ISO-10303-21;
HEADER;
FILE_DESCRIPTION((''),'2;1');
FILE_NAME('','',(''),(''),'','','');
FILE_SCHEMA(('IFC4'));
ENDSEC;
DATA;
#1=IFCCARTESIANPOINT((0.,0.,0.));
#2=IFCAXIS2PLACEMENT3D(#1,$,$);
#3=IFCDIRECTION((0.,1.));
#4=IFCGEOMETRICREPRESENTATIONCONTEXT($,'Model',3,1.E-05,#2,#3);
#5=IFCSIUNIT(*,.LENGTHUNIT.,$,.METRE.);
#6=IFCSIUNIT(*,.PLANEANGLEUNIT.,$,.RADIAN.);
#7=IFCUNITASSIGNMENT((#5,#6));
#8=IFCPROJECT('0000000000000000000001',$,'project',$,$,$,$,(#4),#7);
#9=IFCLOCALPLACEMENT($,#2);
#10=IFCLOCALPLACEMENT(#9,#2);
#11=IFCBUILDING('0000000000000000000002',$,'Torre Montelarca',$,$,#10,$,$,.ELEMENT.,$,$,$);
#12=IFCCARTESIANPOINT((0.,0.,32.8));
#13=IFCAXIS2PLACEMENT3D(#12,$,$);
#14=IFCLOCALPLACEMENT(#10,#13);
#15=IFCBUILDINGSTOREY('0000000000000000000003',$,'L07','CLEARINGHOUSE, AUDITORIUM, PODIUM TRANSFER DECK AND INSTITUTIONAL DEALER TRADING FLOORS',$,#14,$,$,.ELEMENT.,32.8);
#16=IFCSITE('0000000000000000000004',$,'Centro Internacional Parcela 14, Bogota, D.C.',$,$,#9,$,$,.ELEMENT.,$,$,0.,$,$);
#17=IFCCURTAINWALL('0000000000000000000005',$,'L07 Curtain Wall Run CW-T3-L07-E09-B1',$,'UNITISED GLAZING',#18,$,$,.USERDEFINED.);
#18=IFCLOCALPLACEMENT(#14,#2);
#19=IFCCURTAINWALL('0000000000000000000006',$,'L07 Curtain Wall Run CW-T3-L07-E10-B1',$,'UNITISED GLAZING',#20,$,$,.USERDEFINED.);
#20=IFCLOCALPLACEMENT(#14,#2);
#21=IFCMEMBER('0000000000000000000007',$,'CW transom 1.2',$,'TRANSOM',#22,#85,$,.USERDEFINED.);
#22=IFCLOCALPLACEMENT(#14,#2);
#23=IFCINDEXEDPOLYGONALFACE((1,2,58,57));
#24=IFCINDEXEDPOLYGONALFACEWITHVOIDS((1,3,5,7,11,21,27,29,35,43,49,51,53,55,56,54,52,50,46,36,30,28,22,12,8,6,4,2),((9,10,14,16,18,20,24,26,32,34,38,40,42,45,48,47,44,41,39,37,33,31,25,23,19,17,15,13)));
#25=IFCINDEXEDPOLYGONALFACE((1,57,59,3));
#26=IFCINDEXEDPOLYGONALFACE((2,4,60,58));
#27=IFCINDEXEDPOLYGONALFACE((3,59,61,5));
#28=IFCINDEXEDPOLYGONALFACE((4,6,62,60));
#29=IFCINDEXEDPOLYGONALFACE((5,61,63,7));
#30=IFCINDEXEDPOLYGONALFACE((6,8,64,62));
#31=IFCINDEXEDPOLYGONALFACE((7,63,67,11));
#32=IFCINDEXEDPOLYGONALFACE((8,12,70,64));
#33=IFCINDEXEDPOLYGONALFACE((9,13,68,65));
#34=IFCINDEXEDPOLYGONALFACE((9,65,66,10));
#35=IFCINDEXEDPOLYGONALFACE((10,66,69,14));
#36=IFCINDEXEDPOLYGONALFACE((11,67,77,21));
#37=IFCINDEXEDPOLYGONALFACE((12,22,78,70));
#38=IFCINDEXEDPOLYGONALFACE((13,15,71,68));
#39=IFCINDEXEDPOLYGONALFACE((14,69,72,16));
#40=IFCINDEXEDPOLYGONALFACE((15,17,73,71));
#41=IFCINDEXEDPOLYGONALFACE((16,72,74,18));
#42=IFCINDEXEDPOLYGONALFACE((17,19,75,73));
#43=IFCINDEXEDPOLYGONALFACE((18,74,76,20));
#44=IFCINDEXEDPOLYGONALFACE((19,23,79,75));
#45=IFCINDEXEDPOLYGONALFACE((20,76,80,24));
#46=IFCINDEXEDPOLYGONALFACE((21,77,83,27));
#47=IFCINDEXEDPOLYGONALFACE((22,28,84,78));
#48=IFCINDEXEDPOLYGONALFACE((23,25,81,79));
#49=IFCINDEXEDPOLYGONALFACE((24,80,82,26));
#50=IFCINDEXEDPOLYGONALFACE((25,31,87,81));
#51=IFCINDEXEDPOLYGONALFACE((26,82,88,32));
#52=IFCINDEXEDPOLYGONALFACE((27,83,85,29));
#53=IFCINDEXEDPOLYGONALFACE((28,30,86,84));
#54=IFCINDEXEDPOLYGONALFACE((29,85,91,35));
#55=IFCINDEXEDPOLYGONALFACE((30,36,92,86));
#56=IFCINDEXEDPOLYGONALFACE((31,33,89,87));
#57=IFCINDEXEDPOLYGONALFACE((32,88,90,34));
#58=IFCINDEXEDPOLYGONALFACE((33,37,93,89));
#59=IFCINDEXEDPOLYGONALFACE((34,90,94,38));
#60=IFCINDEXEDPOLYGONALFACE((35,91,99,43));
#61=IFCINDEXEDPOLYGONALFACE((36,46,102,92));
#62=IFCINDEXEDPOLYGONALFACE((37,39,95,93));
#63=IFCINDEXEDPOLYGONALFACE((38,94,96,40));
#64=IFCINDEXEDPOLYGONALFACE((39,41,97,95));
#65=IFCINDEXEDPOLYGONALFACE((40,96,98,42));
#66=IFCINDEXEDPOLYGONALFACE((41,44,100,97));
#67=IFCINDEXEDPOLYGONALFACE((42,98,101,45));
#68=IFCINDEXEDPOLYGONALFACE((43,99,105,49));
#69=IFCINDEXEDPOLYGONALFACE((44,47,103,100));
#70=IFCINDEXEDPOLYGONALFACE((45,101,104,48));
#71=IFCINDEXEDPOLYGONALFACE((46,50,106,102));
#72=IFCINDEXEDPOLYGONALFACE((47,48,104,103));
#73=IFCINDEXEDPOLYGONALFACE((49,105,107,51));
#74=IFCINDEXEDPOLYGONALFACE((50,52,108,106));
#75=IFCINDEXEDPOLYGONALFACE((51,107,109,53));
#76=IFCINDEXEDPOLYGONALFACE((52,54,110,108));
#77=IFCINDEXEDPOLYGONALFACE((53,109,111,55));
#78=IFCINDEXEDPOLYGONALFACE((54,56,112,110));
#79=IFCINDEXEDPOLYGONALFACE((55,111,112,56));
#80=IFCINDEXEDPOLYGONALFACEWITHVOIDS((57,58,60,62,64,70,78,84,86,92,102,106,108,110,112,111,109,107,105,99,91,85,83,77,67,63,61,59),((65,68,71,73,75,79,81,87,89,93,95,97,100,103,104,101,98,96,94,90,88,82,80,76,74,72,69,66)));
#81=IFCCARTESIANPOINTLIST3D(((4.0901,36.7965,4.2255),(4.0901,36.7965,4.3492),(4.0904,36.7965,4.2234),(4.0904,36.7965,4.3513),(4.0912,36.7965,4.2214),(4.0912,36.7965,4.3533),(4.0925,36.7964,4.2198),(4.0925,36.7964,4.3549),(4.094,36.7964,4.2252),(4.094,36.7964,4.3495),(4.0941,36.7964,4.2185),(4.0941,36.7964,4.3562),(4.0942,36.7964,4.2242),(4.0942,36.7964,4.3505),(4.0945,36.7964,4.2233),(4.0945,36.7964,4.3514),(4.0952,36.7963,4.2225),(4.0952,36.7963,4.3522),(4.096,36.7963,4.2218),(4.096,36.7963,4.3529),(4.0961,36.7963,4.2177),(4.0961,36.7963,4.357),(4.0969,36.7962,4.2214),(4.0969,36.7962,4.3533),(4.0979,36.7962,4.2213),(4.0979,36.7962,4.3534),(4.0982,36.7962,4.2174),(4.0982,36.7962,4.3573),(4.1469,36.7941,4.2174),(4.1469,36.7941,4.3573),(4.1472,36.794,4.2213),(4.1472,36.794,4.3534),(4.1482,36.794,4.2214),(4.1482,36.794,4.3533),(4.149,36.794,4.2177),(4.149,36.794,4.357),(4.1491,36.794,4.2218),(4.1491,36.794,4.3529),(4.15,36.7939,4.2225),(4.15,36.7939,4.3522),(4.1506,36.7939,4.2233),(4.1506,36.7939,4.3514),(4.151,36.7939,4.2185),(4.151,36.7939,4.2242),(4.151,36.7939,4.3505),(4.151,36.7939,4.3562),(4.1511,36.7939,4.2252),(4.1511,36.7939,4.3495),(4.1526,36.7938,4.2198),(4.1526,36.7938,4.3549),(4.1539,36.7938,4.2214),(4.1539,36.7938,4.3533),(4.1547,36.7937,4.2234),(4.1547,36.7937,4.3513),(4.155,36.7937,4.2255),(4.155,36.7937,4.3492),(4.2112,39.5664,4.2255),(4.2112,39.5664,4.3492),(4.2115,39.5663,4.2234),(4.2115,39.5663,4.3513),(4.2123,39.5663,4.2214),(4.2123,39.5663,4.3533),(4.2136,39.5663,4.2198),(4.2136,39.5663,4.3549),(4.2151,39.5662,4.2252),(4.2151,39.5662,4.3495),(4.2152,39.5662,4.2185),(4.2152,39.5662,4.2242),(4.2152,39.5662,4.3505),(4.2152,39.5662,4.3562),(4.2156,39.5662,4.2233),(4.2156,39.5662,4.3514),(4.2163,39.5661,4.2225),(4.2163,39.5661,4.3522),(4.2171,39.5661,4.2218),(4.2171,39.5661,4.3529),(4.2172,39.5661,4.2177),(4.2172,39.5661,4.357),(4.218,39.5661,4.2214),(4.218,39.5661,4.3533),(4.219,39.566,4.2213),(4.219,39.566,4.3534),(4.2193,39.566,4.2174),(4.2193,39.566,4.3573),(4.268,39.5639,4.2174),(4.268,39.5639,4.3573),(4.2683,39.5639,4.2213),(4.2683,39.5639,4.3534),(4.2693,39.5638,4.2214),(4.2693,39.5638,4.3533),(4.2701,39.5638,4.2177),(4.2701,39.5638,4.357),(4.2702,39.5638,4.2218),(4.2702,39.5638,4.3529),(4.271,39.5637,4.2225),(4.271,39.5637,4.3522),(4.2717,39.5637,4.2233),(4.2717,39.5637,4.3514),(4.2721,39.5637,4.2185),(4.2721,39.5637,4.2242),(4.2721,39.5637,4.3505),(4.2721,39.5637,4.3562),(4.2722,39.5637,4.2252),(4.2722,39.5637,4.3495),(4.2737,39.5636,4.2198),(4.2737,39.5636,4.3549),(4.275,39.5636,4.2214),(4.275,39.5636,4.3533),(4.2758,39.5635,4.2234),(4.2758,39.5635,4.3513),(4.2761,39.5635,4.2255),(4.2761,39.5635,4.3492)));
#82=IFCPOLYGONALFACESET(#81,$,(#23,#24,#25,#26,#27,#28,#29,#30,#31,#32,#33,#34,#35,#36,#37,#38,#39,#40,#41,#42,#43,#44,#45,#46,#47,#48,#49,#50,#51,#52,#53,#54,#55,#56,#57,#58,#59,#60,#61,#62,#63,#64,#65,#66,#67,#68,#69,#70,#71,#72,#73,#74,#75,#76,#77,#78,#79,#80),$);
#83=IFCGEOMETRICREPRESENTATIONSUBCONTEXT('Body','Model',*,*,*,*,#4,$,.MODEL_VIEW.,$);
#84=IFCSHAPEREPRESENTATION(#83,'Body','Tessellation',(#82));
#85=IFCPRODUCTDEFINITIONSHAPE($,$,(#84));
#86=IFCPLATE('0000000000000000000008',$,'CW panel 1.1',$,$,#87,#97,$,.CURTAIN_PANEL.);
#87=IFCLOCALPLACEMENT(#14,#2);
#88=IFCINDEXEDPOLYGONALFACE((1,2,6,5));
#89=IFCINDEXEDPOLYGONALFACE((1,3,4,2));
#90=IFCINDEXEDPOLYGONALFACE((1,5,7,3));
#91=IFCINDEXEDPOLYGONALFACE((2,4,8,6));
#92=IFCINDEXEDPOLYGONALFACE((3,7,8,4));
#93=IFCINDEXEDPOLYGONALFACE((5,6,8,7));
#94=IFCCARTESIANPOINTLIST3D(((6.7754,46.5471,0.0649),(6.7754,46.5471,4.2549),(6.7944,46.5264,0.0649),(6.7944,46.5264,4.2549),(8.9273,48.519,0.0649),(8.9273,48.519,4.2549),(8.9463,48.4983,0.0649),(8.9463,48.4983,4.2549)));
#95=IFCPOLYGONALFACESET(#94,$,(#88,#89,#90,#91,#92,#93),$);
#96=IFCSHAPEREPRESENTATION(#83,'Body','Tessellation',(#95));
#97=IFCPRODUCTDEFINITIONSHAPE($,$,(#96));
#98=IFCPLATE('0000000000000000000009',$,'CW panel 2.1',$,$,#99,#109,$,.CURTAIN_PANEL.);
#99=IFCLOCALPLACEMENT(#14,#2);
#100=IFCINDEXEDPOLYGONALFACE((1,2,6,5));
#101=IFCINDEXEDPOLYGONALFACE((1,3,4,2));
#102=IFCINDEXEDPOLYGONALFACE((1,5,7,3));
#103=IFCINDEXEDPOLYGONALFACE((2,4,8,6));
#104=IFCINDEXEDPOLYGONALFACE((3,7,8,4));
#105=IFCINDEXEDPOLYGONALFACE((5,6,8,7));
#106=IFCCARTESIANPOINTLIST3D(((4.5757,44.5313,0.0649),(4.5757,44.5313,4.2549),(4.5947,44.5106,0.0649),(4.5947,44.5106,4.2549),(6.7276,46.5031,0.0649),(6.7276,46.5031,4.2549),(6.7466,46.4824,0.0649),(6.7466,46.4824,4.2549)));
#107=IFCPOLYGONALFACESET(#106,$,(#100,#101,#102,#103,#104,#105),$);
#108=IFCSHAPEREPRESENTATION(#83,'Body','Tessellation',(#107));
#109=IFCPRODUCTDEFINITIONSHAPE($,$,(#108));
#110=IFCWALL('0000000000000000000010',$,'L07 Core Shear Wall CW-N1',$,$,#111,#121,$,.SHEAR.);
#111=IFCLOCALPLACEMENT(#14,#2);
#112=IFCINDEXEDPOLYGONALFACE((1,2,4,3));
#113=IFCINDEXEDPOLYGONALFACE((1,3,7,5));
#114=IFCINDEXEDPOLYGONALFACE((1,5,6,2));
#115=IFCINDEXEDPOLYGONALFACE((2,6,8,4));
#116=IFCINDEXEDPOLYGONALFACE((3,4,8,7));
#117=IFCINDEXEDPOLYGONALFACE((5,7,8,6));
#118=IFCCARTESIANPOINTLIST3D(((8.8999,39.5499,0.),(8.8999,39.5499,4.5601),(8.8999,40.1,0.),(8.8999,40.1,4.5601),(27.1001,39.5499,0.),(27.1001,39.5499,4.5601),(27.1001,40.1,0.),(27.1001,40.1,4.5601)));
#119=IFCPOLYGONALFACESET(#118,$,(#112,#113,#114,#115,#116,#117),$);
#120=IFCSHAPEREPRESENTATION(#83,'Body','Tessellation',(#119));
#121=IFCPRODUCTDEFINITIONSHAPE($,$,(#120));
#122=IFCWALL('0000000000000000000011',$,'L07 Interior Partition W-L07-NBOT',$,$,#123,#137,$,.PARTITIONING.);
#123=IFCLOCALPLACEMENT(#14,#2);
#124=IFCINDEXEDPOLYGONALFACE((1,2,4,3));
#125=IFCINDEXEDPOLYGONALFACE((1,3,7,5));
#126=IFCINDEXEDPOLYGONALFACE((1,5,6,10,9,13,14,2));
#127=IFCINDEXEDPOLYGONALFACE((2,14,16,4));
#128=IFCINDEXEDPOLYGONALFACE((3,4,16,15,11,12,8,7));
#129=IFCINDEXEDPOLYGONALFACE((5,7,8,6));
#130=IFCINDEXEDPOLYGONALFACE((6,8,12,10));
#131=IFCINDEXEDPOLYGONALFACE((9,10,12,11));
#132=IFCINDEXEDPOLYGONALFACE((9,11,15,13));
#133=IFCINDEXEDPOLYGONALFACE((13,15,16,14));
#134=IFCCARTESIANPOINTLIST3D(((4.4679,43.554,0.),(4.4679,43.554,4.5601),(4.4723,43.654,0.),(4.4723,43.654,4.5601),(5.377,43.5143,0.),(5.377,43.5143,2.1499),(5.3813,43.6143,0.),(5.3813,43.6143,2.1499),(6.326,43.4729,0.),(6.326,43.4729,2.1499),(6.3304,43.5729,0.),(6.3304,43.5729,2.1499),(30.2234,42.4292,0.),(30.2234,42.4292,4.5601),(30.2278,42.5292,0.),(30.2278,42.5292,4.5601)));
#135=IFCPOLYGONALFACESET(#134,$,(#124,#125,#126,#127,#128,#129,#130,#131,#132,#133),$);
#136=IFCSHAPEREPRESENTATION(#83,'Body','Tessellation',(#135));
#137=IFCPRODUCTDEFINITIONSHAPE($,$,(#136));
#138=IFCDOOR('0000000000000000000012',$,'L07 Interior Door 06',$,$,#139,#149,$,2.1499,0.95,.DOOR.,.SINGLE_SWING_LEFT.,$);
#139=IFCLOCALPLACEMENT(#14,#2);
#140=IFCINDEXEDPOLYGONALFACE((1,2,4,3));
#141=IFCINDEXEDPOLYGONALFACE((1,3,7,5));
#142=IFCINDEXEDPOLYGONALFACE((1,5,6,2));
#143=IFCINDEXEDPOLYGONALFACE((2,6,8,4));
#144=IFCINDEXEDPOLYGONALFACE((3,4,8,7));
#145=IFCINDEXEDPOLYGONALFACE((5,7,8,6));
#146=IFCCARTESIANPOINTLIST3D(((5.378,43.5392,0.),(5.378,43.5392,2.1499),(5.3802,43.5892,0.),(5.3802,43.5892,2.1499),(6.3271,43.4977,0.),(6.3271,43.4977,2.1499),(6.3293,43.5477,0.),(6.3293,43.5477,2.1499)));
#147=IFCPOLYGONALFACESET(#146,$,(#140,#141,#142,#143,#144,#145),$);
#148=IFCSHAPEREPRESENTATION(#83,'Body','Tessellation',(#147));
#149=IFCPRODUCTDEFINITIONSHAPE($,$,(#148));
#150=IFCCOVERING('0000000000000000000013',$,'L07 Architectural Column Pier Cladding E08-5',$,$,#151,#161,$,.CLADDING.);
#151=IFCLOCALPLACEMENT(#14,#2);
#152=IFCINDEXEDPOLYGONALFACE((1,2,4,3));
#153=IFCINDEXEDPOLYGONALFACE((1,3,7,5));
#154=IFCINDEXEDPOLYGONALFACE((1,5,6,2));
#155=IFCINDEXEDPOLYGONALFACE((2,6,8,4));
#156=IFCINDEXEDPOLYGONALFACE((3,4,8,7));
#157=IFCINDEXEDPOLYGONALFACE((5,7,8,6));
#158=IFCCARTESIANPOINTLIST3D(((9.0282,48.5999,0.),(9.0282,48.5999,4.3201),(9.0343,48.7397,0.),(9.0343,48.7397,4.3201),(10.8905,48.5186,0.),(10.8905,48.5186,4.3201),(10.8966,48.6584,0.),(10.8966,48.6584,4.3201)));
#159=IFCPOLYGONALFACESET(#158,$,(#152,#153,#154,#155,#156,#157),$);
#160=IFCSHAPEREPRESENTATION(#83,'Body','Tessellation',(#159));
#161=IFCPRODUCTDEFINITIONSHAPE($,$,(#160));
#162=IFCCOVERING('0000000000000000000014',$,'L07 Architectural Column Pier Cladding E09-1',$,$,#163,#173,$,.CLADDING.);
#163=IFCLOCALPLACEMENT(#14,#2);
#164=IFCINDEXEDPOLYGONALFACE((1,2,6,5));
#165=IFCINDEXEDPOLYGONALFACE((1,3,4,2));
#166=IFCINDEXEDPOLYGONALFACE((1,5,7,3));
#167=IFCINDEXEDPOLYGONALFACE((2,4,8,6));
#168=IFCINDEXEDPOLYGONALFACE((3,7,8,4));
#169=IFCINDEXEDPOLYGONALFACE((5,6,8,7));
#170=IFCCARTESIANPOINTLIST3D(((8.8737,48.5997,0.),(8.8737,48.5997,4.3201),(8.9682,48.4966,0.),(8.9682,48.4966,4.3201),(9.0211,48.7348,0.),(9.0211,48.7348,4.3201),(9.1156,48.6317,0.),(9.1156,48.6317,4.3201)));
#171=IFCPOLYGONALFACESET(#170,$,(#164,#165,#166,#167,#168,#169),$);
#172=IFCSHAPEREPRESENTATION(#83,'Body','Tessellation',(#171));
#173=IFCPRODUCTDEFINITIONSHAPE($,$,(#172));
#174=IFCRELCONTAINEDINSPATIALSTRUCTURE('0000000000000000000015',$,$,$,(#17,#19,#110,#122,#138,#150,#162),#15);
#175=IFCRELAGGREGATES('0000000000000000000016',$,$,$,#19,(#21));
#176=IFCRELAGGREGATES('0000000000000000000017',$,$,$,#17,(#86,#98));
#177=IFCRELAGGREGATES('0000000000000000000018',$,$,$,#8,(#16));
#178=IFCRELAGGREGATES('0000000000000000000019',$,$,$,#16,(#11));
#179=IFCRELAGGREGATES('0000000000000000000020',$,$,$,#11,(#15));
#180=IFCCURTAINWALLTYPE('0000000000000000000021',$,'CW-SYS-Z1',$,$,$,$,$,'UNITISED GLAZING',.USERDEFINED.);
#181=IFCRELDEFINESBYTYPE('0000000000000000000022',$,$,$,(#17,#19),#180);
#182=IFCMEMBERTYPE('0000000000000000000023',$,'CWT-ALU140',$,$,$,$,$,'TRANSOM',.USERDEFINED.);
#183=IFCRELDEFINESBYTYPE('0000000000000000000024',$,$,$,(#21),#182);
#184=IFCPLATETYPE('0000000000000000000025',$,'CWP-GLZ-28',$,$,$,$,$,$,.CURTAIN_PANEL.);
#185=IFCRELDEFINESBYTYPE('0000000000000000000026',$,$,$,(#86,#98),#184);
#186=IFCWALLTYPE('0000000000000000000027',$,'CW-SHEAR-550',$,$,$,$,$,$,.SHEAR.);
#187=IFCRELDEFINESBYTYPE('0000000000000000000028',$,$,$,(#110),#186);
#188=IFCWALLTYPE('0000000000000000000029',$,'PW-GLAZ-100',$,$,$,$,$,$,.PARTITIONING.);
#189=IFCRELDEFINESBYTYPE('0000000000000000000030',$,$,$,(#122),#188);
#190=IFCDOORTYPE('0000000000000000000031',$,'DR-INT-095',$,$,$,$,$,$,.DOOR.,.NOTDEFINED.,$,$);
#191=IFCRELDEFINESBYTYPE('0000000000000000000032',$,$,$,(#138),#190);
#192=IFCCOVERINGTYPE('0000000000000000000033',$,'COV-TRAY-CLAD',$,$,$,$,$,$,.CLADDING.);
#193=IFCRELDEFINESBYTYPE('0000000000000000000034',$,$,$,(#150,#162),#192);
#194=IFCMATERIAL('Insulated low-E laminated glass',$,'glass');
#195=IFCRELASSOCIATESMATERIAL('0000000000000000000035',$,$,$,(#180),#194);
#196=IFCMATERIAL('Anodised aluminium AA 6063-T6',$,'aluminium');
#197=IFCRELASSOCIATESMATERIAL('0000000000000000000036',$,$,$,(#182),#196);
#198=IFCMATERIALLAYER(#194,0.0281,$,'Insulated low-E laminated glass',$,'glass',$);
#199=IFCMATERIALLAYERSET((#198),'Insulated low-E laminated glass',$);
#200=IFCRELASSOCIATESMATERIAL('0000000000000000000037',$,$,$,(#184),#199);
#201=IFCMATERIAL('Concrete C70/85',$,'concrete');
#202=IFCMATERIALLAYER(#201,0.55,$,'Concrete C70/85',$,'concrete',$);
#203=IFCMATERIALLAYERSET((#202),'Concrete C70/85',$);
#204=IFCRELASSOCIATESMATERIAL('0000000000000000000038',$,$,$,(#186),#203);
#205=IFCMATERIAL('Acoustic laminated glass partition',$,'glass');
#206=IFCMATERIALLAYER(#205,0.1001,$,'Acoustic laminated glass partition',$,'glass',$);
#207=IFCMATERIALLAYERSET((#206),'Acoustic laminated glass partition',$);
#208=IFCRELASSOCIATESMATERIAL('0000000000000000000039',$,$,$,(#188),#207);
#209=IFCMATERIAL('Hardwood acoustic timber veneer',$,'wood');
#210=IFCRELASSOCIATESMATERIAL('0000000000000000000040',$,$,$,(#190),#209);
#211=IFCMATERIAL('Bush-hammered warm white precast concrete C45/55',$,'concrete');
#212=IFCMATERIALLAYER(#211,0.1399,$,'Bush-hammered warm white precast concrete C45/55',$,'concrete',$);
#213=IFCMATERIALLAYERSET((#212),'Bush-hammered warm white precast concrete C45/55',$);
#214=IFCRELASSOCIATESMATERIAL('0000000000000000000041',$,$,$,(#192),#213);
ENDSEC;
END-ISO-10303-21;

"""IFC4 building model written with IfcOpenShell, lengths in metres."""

from ifc_helpers import new_model, si_unit, direction, frame, frame_2d, origin, origin_2d, place, context, subcontext, project, spatial, rectangle, hollow_rectangle, extrude, source, transform, mapped, material, layer, layer_set, material_profile, profile_set, type_object, element, fill, aggregate, save


model = new_model("IFC4")

# Units and contexts
model_context = context("Model", 3, precision=1e-05, world=origin(), true_north=direction((0.0, 1.0)))
body_context = subcontext(model_context, "Body", "Model", "MODEL_VIEW")
ifc_project = project(units=[si_unit("LENGTHUNIT", "METRE"), si_unit("PLANEANGLEUNIT", "RADIAN")], contexts=[model_context])

# Site, building, storey
site_placement = place(None, origin())
site = spatial("IfcSite", under=ifc_project, at=site_placement, Name="Centro Internacional Parcela 14, Bogota, D.C.", CompositionType="ELEMENT", RefElevation=0.0)
building_placement = place(site_placement, origin())
building = spatial("IfcBuilding", under=site, at=building_placement, Name="Torre Montelarca", CompositionType="ELEMENT")
storey_placement = place(building_placement, frame((0.0, 0.0, 32.8)))
storey = spatial("IfcBuildingStorey", under=building, at=storey_placement, Name="L07", Description="CLEARINGHOUSE, AUDITORIUM, PODIUM TRANSFER DECK AND INSTITUTIONAL DEALER TRADING FLOORS", CompositionType="ELEMENT", Elevation=32.8)

# Shared definitions
ifc_material_1 = material(Name="Concrete C70/85", Category="concrete")

# Curtain wall
ifc_material_2 = material(Name="Insulated low-E laminated glass", Category="glass")
curtain_wall_type = type_object("IfcCurtainWallType", Name="CW-SYS-Z1", ElementType="UNITISED GLAZING", PredefinedType="USERDEFINED", material=ifc_material_2)
curtain_wall_1_placement = place(storey_placement, origin())
curtain_wall_1 = element("IfcCurtainWall", 1, at=curtain_wall_1_placement, inside=storey, type_object=curtain_wall_type, Name="L07 Curtain Wall Run CW-T3-L07-E09-B1", ObjectType="UNITISED GLAZING", PredefinedType="USERDEFINED")
ifc_material_3 = material(Name="Anodised aluminium AA 6063-T6", Category="aluminium")

# Curtain wall
curtain_wall_2_placement = place(storey_placement, origin())
curtain_wall_2 = element("IfcCurtainWall", 2, at=curtain_wall_2_placement, inside=storey, type_object=curtain_wall_type, Name="L07 Curtain Wall Run CW-T3-L07-E10-B1", ObjectType="UNITISED GLAZING", PredefinedType="USERDEFINED")

# Member
ifc_material_profile_1 = material_profile(ifc_material_3, hollow_rectangle(XDim=0.0649, YDim=0.1399, WallThickness=0.0039, InnerFilletRadius=0.0039, OuterFilletRadius=0.0081, at=origin_2d()), Name="ALU65X140X4", Category="aluminium")
ifc_profile_set_1 = profile_set([ifc_material_profile_1], Name="Anodised aluminium AA 6063-T6")
member_type_1 = type_object("IfcMemberType", Name="CWT-ALU140", ElementType="TRANSOM", PredefinedType="USERDEFINED", material=ifc_profile_set_1)
shared_shape_1 = source(origin(), body_context, "Body", "SweptSolid", [
    extrude(hollow_rectangle(XDim=0.0649, YDim=0.1399, WallThickness=0.0039, InnerFilletRadius=0.0039, OuterFilletRadius=0.0081, at=origin_2d()), origin(), (0.0, 0.0, 1.0), 2.7725),
])
member_1_placement = place(storey_placement, frame((4.2437, 39.5649, 4.2874), z_axis=(-0.043678, -0.999046, 0.0), x_axis=(0.999046, -0.043678, 0.0)))
member_1 = element("IfcMember", 3, at=member_1_placement, type_object=member_type_1, Name="CW transom 1.2", ObjectType="TRANSOM", PredefinedType="USERDEFINED", context=body_context, shape_type="MappedRepresentation", body=[
    mapped(shared_shape_1, transform((0.0, 0.0, 0.0), scale=1.0)),
])
aggregate(curtain_wall_2, [member_1])

# Plates
ifc_layer_1 = layer(ifc_material_2, 0.0281, Name="Insulated low-E laminated glass", Category="glass")
ifc_layer_set_1 = layer_set([ifc_layer_1], Name="Insulated low-E laminated glass")
plate_type = type_object("IfcPlateType", Name="CWP-GLZ-28", PredefinedType="CURTAIN_PANEL", material=ifc_layer_set_1)
shared_shape_2 = source(origin(), body_context, "Body", "SweptSolid", [
    extrude(rectangle(XDim=2.9187, YDim=0.0281, at=origin_2d()), origin(), (0.0, 0.0, 1.0), 4.1899),
])
plate_1_placement = place(storey_placement, frame((7.8608, 47.5227, 0.0649), z_axis=(0.0, 0.0, 1.0), x_axis=(-0.737283, -0.675583, 0.0)))
plate_1 = element("IfcPlate", 4, at=plate_1_placement, type_object=plate_type, Name="CW panel 1.1", PredefinedType="CURTAIN_PANEL", context=body_context, shape_type="MappedRepresentation", body=[
    mapped(shared_shape_2, transform((0.0, 0.0, 0.0), scale=1.0)),
])
plate_2_placement = place(storey_placement, frame((5.6611, 45.5068, 0.0649), z_axis=(0.0, 0.0, 1.0), x_axis=(-0.737283, -0.675583, 0.0)))
plate_2 = element("IfcPlate", 5, at=plate_2_placement, type_object=plate_type, Name="CW panel 2.1", PredefinedType="CURTAIN_PANEL", context=body_context, shape_type="MappedRepresentation", body=[
    mapped(shared_shape_2, transform((0.0, 0.0, 0.0), scale=1.0)),
])
aggregate(curtain_wall_1, [plate_1, plate_2])

# Wall
ifc_layer_2 = layer(ifc_material_1, 0.55, Name="Concrete C70/85", Category="concrete")
ifc_layer_set_2 = layer_set([ifc_layer_2], Name="Concrete C70/85")
wall_type_1 = type_object("IfcWallType", Name="CW-SHEAR-550", PredefinedType="SHEAR", material=ifc_layer_set_2)
wall_1_placement = place(storey_placement, frame((8.8999, 39.825, 0.0), z_axis=(0.0, 0.0, 1.0), x_axis=(1.0, 0.0, 0.0)))
element("IfcWall", 6, at=wall_1_placement, inside=storey, type_object=wall_type_1, Name="L07 Core Shear Wall CW-N1", PredefinedType="SHEAR", context=body_context, shape_type="SweptSolid", body=[
    extrude(rectangle(XDim=18.2002, YDim=0.55, at=frame_2d((9.1001, 0.0))), origin(), (0.0, 0.0, 1.0), 4.5601),
])

# Wall, opening, door
ifc_material_4 = material(Name="Acoustic laminated glass partition", Category="glass")
ifc_layer_3 = layer(ifc_material_4, 0.1001, Name="Acoustic laminated glass partition", Category="glass")
ifc_layer_set_3 = layer_set([ifc_layer_3], Name="Acoustic laminated glass partition")
wall_type_2 = type_object("IfcWallType", Name="PW-GLAZ-100", PredefinedType="PARTITIONING", material=ifc_layer_set_3)
wall_2_placement = place(storey_placement, frame((4.47, 43.604, 0.0), z_axis=(0.0, 0.0, 1.0), x_axis=(0.999048, -0.043629, 0.0)))
wall_2 = element("IfcWall", 7, at=wall_2_placement, inside=storey, type_object=wall_type_2, Name="L07 Interior Partition W-L07-NBOT", PredefinedType="PARTITIONING", context=body_context, shape_type="SweptSolid", body=[
    extrude(rectangle(XDim=25.78, YDim=0.1001, at=frame_2d((12.8901, 0.0))), origin(), (0.0, 0.0, 1.0), 4.5601),
])
opening_placement = place(wall_2_placement, frame((0.9099, 0.0, 0.0)))
opening = element("IfcOpeningElement", 8, at=opening_placement, cuts=wall_2, PredefinedType="OPENING", context=body_context, shape_type="SweptSolid", body=[
    extrude(rectangle(XDim=0.95, YDim=2.1499, at=frame_2d((0.4751, 1.075))), frame((0.0, 0.0601, 0.0), z_axis=(0.0, -1.0, 0.0), x_axis=(1.0, 0.0, 0.0)), (0.0, 0.0, 1.0), 0.1201),
])
ifc_material_5 = material(Name="Hardwood acoustic timber veneer", Category="wood")
door_type = type_object("IfcDoorType", Name="DR-INT-095", OperationType="NOTDEFINED", PredefinedType="DOOR", material=ifc_material_5)
shared_shape_3 = source(origin(), body_context, "Body", "SweptSolid", [
    extrude(rectangle(XDim=0.95, YDim=2.1499, at=frame_2d((0.4751, 1.075))), frame((0.0, 0.0249, 0.0), z_axis=(0.0, -1.0, 0.0), x_axis=(1.0, 0.0, 0.0)), (0.0, 0.0, 1.0), 0.05),
])
door_placement = place(opening_placement, origin())
door = element("IfcDoor", 9, at=door_placement, inside=storey, type_object=door_type, Name="L07 Interior Door 06", OperationType="SINGLE_SWING_LEFT", OverallHeight=2.1499, OverallWidth=0.95, PredefinedType="DOOR", context=body_context, shape_type="MappedRepresentation", body=[
    mapped(shared_shape_3, transform((0.0, 0.0, 0.0), scale=1.0)),
])
fill(opening, door)

# Coverings
ifc_material_6 = material(Name="Bush-hammered warm white precast concrete C45/55", Category="concrete")
ifc_layer_4 = layer(ifc_material_6, 0.1399, Name="Bush-hammered warm white precast concrete C45/55", Category="concrete")
ifc_layer_set_4 = layer_set([ifc_layer_4], Name="Bush-hammered warm white precast concrete C45/55")
covering_type = type_object("IfcCoveringType", Name="COV-TRAY-CLAD", PredefinedType="CLADDING", material=ifc_layer_set_4)
shared_shape_4 = source(origin(), body_context, "Body", "SweptSolid", [
    extrude(rectangle(XDim=1.864, YDim=0.1399, at=origin_2d()), origin(), (0.0, 0.0, 1.0), 4.3201),
])
covering_1_placement = place(storey_placement, frame((9.9624, 48.6292, 0.0), z_axis=(0.0, 0.0, 1.0), x_axis=(-0.999048, 0.043621, 0.0)))
element("IfcCovering", 10, at=covering_1_placement, inside=storey, type_object=covering_type, Name="L07 Architectural Column Pier Cladding E08-5", PredefinedType="CLADDING", context=body_context, shape_type="MappedRepresentation", body=[
    mapped(shared_shape_4, transform((0.0, 0.0, 0.0), scale=1.0)),
])
shared_shape_5 = source(origin(), body_context, "Body", "SweptSolid", [
    extrude(rectangle(XDim=0.2, YDim=0.1399, at=origin_2d()), origin(), (0.0, 0.0, 1.0), 4.3201),
])
for number, where, z_axis, x_axis, name in (
    (11, (8.9946, 48.6157, 0.0), (0.0, 0.0, 1.0), (-0.737273, -0.675595, 0.0), "L07 Architectural Column Pier Cladding E09-1"),
):
    element("IfcCovering", number, at=place(storey_placement, frame(where, z_axis=z_axis, x_axis=x_axis)), inside=storey, type_object=covering_type, Name=name, PredefinedType="CLADDING", context=body_context, shape_type="MappedRepresentation", body=[
        mapped(shared_shape_5, transform((0.0, 0.0, 0.0), scale=1.0)),
    ])

save(model, "model.ifc")
